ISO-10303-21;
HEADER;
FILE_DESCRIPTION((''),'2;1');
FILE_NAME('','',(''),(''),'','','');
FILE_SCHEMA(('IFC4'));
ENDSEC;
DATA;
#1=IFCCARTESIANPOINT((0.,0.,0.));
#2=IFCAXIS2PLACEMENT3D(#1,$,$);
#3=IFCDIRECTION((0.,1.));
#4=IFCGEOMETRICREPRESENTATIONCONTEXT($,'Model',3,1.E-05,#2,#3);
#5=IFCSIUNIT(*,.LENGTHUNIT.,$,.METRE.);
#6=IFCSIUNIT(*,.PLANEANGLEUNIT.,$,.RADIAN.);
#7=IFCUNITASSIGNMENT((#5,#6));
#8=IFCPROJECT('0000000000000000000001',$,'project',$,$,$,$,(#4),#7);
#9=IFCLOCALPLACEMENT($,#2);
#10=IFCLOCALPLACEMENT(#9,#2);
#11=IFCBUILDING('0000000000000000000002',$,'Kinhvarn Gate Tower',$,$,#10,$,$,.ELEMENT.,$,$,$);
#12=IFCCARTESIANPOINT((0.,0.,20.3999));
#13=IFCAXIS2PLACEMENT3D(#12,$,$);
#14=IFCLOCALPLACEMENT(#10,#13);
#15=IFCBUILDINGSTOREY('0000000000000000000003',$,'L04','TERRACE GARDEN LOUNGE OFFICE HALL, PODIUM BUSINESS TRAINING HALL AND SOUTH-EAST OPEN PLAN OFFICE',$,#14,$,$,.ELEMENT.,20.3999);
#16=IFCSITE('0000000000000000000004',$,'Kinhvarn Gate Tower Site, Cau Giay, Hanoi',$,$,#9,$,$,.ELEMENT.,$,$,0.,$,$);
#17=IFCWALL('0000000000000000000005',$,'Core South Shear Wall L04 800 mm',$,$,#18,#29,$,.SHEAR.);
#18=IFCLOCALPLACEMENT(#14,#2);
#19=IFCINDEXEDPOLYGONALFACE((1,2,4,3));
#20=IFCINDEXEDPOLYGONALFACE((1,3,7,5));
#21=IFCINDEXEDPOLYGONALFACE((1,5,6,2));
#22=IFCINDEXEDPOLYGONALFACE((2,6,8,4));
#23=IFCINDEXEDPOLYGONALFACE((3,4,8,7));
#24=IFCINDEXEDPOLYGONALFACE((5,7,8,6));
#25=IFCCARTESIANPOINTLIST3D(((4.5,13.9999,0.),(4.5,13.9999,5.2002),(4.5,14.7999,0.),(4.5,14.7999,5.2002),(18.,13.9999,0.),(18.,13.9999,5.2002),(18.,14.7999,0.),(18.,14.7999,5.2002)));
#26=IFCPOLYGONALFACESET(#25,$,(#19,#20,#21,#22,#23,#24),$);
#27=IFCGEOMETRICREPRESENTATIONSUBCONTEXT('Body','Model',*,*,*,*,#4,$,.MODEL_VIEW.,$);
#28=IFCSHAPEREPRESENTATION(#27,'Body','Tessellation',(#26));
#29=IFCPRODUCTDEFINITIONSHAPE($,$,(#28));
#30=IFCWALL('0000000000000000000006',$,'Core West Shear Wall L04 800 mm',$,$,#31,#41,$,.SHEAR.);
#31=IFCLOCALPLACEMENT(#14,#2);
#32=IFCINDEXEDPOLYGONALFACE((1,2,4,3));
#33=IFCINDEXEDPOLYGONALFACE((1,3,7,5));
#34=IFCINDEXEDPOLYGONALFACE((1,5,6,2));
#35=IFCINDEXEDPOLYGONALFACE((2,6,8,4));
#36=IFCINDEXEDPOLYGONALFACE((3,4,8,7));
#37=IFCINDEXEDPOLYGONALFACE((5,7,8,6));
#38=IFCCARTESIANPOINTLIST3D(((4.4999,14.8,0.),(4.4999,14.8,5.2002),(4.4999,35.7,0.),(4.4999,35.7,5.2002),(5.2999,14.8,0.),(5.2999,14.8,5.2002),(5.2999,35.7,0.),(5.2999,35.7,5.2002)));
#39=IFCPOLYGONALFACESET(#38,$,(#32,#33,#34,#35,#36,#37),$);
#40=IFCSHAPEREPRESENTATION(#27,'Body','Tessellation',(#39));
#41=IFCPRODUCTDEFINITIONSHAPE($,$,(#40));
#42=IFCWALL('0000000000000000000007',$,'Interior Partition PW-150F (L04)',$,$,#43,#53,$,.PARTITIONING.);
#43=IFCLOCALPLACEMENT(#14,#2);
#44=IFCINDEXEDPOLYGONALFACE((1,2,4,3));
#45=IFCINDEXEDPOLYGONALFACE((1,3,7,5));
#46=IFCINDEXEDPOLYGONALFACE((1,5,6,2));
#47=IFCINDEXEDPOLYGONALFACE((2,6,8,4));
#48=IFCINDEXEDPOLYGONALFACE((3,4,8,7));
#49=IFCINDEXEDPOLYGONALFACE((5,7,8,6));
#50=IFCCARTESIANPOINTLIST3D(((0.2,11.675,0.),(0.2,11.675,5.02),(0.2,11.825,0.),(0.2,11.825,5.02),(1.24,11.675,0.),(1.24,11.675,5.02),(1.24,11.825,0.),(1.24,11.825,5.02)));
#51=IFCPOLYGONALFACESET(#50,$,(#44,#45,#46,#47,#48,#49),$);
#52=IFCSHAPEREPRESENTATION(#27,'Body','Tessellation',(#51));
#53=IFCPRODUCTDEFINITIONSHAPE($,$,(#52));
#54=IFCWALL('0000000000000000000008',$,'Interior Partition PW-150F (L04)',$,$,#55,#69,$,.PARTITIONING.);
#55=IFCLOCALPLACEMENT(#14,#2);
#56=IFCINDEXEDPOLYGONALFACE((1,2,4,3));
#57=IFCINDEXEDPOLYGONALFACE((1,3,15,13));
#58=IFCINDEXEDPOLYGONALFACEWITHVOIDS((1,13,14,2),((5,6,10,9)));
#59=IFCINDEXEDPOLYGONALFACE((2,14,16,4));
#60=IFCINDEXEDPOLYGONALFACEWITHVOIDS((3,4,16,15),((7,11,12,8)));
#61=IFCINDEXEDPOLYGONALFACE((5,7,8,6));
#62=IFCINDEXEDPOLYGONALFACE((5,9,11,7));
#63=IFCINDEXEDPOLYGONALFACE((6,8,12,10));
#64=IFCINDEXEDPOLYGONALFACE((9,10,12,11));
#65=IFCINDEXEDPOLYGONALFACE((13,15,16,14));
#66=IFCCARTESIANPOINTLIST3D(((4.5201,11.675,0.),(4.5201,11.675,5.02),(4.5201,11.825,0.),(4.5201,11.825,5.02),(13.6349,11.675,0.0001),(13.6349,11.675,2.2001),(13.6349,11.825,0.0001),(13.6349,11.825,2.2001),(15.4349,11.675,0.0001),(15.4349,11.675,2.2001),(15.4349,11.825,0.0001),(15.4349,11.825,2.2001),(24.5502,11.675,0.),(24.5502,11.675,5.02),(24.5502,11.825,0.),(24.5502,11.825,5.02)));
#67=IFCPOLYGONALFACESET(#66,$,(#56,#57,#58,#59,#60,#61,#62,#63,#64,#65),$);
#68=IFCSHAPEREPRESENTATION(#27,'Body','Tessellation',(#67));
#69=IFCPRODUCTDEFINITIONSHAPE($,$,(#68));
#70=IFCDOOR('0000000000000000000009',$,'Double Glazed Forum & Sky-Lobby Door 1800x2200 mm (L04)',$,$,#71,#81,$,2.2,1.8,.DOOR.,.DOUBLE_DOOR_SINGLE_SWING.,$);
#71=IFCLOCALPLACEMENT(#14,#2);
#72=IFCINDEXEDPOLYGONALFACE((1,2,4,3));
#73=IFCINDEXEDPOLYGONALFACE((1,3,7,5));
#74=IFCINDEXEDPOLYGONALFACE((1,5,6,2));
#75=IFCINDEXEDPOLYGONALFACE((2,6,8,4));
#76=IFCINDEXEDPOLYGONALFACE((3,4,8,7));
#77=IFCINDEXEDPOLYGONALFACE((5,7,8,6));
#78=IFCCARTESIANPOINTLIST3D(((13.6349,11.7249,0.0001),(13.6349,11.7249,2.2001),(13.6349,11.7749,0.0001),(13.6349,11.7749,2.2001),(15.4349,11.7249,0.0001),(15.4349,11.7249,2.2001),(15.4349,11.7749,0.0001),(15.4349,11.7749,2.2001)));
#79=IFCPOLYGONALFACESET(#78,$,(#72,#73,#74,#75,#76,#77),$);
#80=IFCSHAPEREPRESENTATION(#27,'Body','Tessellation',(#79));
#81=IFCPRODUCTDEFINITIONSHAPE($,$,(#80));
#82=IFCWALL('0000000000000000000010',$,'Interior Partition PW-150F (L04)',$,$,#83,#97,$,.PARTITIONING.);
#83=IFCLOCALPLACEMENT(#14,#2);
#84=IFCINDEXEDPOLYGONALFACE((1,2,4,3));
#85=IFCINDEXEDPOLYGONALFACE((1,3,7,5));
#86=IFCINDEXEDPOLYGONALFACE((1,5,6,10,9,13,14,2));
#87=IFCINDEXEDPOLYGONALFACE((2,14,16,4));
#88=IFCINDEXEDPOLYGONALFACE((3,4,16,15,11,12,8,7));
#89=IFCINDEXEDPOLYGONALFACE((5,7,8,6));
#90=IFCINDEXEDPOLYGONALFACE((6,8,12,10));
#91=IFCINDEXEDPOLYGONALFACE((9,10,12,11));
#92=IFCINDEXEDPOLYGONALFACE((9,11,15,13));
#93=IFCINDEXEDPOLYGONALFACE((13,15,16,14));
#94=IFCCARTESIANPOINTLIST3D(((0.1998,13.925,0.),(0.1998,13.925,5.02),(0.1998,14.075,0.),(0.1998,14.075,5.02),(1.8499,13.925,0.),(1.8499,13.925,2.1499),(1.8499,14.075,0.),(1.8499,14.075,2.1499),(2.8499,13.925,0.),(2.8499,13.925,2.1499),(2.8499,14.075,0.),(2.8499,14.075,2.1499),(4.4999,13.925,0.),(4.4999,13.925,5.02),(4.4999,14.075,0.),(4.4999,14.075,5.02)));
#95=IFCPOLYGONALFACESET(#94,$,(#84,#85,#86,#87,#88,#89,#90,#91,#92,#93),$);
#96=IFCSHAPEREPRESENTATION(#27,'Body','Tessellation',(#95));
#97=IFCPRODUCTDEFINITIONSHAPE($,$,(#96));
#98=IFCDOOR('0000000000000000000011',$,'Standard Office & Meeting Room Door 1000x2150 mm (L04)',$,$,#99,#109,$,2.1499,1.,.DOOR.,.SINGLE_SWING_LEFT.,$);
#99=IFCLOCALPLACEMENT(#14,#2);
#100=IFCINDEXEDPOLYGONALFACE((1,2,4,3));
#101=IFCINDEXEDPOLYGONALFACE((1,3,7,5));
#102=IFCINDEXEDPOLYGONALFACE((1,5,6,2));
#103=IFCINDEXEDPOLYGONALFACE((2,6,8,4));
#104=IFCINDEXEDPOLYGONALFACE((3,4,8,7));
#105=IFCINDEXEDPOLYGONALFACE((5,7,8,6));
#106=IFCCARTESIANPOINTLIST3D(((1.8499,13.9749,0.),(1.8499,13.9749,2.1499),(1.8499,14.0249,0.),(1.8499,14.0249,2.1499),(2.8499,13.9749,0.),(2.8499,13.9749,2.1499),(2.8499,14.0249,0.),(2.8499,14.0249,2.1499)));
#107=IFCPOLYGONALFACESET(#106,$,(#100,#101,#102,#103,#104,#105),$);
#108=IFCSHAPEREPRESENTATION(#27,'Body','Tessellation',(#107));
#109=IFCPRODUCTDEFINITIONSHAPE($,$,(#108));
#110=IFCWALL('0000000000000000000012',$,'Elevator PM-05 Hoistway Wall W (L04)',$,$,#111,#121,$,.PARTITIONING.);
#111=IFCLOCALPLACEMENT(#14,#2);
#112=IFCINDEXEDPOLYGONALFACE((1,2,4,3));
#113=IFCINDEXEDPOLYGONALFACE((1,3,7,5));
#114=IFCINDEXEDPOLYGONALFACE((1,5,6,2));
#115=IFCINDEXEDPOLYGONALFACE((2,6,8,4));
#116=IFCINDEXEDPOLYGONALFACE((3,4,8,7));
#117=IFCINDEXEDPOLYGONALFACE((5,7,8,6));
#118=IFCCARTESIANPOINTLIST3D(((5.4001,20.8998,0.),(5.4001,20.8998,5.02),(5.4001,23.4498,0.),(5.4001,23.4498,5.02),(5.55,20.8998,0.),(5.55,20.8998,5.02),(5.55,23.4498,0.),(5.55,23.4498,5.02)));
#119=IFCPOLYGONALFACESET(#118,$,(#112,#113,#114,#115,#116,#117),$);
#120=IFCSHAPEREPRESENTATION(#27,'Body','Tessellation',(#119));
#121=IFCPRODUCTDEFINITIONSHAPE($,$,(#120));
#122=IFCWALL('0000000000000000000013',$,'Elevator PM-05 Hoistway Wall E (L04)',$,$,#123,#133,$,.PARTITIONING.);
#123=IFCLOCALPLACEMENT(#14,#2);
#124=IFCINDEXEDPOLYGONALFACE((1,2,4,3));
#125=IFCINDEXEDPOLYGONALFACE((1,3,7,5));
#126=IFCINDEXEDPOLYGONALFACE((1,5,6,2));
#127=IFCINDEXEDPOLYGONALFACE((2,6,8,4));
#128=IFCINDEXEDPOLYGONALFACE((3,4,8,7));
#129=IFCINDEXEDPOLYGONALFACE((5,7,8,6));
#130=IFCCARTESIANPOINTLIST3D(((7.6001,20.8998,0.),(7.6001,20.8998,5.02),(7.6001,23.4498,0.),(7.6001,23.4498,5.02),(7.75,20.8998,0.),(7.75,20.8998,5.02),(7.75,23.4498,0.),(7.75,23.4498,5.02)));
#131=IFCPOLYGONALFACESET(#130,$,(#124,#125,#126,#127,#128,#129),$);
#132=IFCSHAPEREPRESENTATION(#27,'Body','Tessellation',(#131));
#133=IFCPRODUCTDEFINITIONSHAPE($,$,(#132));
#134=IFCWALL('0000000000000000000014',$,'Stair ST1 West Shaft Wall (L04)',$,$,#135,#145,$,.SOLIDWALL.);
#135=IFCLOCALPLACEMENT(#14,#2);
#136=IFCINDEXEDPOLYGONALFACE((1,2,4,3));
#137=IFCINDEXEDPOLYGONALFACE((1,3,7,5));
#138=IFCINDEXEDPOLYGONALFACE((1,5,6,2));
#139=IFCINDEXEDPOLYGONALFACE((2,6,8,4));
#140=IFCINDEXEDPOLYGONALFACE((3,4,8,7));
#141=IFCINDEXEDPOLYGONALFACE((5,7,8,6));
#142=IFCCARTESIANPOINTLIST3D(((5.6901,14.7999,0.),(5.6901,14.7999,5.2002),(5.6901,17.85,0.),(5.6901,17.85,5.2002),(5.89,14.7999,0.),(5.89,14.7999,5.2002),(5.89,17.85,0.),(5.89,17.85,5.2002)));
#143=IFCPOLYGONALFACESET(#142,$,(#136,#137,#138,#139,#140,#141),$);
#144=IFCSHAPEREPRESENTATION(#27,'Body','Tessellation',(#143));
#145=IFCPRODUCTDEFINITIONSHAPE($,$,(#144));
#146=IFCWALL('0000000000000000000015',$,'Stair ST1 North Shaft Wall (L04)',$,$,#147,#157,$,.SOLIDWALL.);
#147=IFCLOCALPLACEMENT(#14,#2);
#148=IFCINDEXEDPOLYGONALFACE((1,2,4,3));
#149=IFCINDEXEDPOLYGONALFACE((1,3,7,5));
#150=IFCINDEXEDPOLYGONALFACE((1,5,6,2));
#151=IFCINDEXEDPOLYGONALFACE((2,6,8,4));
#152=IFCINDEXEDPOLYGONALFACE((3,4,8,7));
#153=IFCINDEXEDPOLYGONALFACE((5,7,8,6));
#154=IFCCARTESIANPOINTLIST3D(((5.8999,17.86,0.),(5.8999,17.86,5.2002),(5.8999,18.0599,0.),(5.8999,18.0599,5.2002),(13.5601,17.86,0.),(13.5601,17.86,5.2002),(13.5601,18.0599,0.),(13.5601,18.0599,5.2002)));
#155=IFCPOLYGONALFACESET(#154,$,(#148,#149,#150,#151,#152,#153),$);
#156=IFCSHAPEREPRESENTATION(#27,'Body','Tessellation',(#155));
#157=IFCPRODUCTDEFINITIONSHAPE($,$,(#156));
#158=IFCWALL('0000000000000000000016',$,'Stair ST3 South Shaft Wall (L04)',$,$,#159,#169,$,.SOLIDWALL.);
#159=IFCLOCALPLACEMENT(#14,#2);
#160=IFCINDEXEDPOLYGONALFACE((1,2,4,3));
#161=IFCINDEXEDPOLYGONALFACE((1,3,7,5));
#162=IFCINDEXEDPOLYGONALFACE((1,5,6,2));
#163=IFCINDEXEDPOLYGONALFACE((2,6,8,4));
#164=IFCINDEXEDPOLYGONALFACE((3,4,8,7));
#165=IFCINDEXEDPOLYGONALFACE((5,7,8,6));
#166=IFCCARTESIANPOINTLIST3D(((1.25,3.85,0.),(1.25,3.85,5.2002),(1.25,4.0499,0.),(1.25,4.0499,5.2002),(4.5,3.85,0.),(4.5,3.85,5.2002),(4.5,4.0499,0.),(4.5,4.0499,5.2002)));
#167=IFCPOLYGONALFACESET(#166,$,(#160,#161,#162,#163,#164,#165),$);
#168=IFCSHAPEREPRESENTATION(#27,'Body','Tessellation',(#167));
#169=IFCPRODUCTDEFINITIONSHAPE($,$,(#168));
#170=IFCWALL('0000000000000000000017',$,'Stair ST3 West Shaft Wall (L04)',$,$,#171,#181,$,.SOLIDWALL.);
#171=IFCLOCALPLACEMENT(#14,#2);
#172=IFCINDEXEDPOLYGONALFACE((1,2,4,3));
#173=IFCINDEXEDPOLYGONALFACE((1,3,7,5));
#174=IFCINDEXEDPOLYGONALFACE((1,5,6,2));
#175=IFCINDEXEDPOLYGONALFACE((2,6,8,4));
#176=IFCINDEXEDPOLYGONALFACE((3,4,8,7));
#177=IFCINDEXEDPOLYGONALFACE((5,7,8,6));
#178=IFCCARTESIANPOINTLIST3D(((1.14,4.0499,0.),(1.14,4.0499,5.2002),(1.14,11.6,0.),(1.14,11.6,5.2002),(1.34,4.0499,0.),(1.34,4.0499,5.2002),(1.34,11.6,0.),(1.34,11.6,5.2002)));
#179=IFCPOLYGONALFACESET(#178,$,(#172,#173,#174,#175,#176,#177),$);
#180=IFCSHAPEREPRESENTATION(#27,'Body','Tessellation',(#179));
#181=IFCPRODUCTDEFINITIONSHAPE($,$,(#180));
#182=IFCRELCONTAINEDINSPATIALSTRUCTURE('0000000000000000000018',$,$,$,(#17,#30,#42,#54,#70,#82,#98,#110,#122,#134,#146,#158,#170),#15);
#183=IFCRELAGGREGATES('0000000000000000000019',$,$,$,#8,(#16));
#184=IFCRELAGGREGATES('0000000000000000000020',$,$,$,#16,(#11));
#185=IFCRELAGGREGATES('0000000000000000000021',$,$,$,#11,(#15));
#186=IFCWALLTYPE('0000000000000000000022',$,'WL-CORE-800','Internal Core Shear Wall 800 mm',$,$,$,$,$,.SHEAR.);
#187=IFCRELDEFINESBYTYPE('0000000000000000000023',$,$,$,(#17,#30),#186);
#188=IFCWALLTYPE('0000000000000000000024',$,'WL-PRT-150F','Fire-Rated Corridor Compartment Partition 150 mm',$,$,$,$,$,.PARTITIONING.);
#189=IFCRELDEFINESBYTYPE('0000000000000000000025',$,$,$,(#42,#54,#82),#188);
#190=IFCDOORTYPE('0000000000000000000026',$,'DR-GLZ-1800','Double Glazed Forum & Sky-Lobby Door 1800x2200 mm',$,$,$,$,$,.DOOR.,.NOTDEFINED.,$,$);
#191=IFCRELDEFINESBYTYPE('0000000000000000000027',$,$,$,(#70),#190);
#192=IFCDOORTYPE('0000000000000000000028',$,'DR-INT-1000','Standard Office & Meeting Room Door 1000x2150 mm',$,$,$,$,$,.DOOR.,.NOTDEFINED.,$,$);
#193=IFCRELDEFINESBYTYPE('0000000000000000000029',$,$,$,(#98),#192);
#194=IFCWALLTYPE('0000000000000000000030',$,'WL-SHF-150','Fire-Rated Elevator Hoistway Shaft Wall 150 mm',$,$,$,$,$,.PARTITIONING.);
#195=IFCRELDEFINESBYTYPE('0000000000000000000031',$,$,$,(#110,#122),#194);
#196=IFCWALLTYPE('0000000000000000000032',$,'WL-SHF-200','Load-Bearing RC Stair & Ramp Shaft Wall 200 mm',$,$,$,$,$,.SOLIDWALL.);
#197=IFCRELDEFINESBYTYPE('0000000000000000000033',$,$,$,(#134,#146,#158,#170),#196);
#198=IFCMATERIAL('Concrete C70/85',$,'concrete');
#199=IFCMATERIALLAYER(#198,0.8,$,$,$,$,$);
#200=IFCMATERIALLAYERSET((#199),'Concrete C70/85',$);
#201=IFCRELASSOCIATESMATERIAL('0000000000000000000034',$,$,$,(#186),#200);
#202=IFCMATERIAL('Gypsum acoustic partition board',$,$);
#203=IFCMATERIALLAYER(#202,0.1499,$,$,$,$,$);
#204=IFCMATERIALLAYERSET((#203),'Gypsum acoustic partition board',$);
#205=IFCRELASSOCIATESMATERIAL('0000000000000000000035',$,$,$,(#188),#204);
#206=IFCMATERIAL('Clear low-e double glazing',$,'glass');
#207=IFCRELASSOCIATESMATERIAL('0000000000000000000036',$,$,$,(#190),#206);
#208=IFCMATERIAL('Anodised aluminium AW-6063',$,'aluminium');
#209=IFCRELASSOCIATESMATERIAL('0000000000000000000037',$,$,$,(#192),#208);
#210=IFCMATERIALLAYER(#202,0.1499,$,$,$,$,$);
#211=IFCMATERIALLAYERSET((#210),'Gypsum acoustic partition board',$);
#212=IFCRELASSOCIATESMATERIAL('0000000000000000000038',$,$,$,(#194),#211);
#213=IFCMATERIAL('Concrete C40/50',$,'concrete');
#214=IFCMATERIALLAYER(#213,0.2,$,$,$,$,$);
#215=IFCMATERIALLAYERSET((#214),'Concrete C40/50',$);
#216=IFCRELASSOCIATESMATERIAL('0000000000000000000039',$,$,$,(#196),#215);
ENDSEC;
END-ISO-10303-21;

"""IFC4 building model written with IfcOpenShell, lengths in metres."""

from ifc_helpers import new_model, si_unit, direction, frame, frame_2d, origin, place, context, subcontext, project, spatial, rectangle, extrude, material, layer, layer_set, type_object, element, fill, save


model = new_model("IFC4")

# Units and contexts
model_context = context("Model", 3, precision=1e-05, world=origin(), true_north=direction((0.0, 1.0)))
body_context = subcontext(model_context, "Body", "Model", "MODEL_VIEW")
ifc_project = project(units=[si_unit("LENGTHUNIT", "METRE"), si_unit("PLANEANGLEUNIT", "RADIAN")], contexts=[model_context])

# Site, building, storey
site_placement = place(None, origin())
site = spatial("IfcSite", under=ifc_project, at=site_placement, Name="Kinhvarn Gate Tower Site, Cau Giay, Hanoi", CompositionType="ELEMENT", RefElevation=0.0)
building_placement = place(site_placement, origin())
building = spatial("IfcBuilding", under=site, at=building_placement, Name="Kinhvarn Gate Tower", CompositionType="ELEMENT")
storey_placement = place(building_placement, frame((0.0, 0.0, 20.3999)))
storey = spatial("IfcBuildingStorey", under=building, at=storey_placement, Name="L04", Description="TERRACE GARDEN LOUNGE OFFICE HALL, PODIUM BUSINESS TRAINING HALL AND SOUTH-EAST OPEN PLAN OFFICE", CompositionType="ELEMENT", Elevation=20.3999)

# Shared definitions
ifc_material_1 = material(Name="Concrete C70/85", Category="concrete")

# Walls
ifc_layer_1 = layer(ifc_material_1, 0.8)
ifc_layer_set_1 = layer_set([ifc_layer_1], Name="Concrete C70/85")
wall_type_1 = type_object("IfcWallType", Name="WL-CORE-800", Description="Internal Core Shear Wall 800 mm", PredefinedType="SHEAR", material=ifc_layer_set_1)
wall_1_placement = place(storey_placement, frame((4.5, 14.3999, 0.0), z_axis=(0.0, 0.0, 1.0), x_axis=(1.0, 0.0, 0.0)))
element("IfcWall", 1, at=wall_1_placement, inside=storey, type_object=wall_type_1, Name="Core South Shear Wall L04 800 mm", PredefinedType="SHEAR", context=body_context, shape_type="SweptSolid", body=[
    extrude(rectangle(XDim=13.5, YDim=0.8, at=frame_2d((6.75, 0.0))), origin(), (0.0, 0.0, 1.0), 5.2002),
])
wall_2_placement = place(storey_placement, frame((4.8999, 14.8, 0.0), z_axis=(0.0, 0.0, 1.0), x_axis=(0.0, 1.0, 0.0)))
element("IfcWall", 2, at=wall_2_placement, inside=storey, type_object=wall_type_1, Name="Core West Shear Wall L04 800 mm", PredefinedType="SHEAR", context=body_context, shape_type="SweptSolid", body=[
    extrude(rectangle(XDim=20.8999, YDim=0.8, at=frame_2d((10.45, 0.0))), origin(), (0.0, 0.0, 1.0), 5.2002),
])
ifc_material_2 = material(Name="Gypsum acoustic partition board")
ifc_layer_2 = layer(ifc_material_2, 0.1499)
ifc_layer_set_2 = layer_set([ifc_layer_2], Name="Gypsum acoustic partition board")
wall_type_2 = type_object("IfcWallType", Name="WL-PRT-150F", Description="Fire-Rated Corridor Compartment Partition 150 mm", PredefinedType="PARTITIONING", material=ifc_layer_set_2)
wall_3_placement = place(storey_placement, frame((0.2, 11.75, 0.0), z_axis=(0.0, 0.0, 1.0), x_axis=(1.0, 0.0, 0.0)))
element("IfcWall", 3, at=wall_3_placement, inside=storey, type_object=wall_type_2, Name="Interior Partition PW-150F (L04)", PredefinedType="PARTITIONING", context=body_context, shape_type="SweptSolid", body=[
    extrude(rectangle(XDim=1.04, YDim=0.1499, at=frame_2d((0.52, 0.0))), origin(), (0.0, 0.0, 1.0), 5.02),
])

# Walls, openings, doors
wall_4_placement = place(storey_placement, frame((4.52, 11.75, 0.0), z_axis=(0.0, 0.0, 1.0), x_axis=(1.0, 0.0, 0.0)))
wall_4 = element("IfcWall", 4, at=wall_4_placement, inside=storey, type_object=wall_type_2, Name="Interior Partition PW-150F (L04)", PredefinedType="PARTITIONING", context=body_context, shape_type="SweptSolid", body=[
    extrude(rectangle(XDim=20.03, YDim=0.1499, at=frame_2d((10.0151, 0.0))), origin(), (0.0, 0.0, 1.0), 5.02),
])
opening_1_placement = place(wall_4_placement, frame((9.115, 0.0, 0.0)))
opening_1 = element("IfcOpeningElement", 5, at=opening_1_placement, cuts=wall_4, PredefinedType="OPENING", context=body_context, shape_type="SweptSolid", body=[
    extrude(rectangle(XDim=1.8, YDim=2.2, at=frame_2d((0.8999, 1.1001))), frame((0.0, 0.085, 0.0), z_axis=(0.0, -1.0, 0.0), x_axis=(1.0, 0.0, 0.0)), (0.0, 0.0, 1.0), 0.1699),
])
ifc_material_3 = material(Name="Clear low-e double glazing", Category="glass")
door_type_1 = type_object("IfcDoorType", Name="DR-GLZ-1800", Description="Double Glazed Forum & Sky-Lobby Door 1800x2200 mm", OperationType="NOTDEFINED", PredefinedType="DOOR", material=ifc_material_3)
door_1_placement = place(opening_1_placement, origin())
door_1 = element("IfcDoor", 6, at=door_1_placement, inside=storey, type_object=door_type_1, Name="Double Glazed Forum & Sky-Lobby Door 1800x2200 mm (L04)", OperationType="DOUBLE_DOOR_SINGLE_SWING", OverallHeight=2.2, OverallWidth=1.8, PredefinedType="DOOR", context=body_context, shape_type="SweptSolid", body=[
    extrude(rectangle(XDim=1.8, YDim=2.2, at=frame_2d((0.8999, 1.1001))), frame((0.0, 0.0249, 0.0), z_axis=(0.0, -1.0, 0.0), x_axis=(1.0, 0.0, 0.0)), (0.0, 0.0, 1.0), 0.05),
])
fill(opening_1, door_1)
wall_5_placement = place(storey_placement, frame((0.2, 14.0, 0.0), z_axis=(0.0, 0.0, 1.0), x_axis=(1.0, 0.0, 0.0)))
wall_5 = element("IfcWall", 7, at=wall_5_placement, inside=storey, type_object=wall_type_2, Name="Interior Partition PW-150F (L04)", PredefinedType="PARTITIONING", context=body_context, shape_type="SweptSolid", body=[
    extrude(rectangle(XDim=4.3, YDim=0.1499, at=frame_2d((2.1499, 0.0))), origin(), (0.0, 0.0, 1.0), 5.02),
])
opening_2_placement = place(wall_5_placement, frame((1.6499, 0.0, 0.0)))
opening_2 = element("IfcOpeningElement", 8, at=opening_2_placement, cuts=wall_5, PredefinedType="OPENING", context=body_context, shape_type="SweptSolid", body=[
    extrude(rectangle(XDim=1.0, YDim=2.1499, at=frame_2d((0.5, 1.075))), frame((0.0, 0.085, 0.0), z_axis=(0.0, -1.0, 0.0), x_axis=(1.0, 0.0, 0.0)), (0.0, 0.0, 1.0), 0.1699),
])
ifc_material_4 = material(Name="Anodised aluminium AW-6063", Category="aluminium")
door_type_2 = type_object("IfcDoorType", Name="DR-INT-1000", Description="Standard Office & Meeting Room Door 1000x2150 mm", OperationType="NOTDEFINED", PredefinedType="DOOR", material=ifc_material_4)
door_2_placement = place(opening_2_placement, origin())
door_2 = element("IfcDoor", 9, at=door_2_placement, inside=storey, type_object=door_type_2, Name="Standard Office & Meeting Room Door 1000x2150 mm (L04)", OperationType="SINGLE_SWING_LEFT", OverallHeight=2.1499, OverallWidth=1.0, PredefinedType="DOOR", context=body_context, shape_type="SweptSolid", body=[
    extrude(rectangle(XDim=1.0, YDim=2.1499, at=frame_2d((0.5, 1.075))), frame((0.0, 0.0249, 0.0), z_axis=(0.0, -1.0, 0.0), x_axis=(1.0, 0.0, 0.0)), (0.0, 0.0, 1.0), 0.05),
])
fill(opening_2, door_2)

# Walls
ifc_layer_3 = layer(ifc_material_2, 0.1499)
ifc_layer_set_3 = layer_set([ifc_layer_3], Name="Gypsum acoustic partition board")
wall_type_3 = type_object("IfcWallType", Name="WL-SHF-150", Description="Fire-Rated Elevator Hoistway Shaft Wall 150 mm", PredefinedType="PARTITIONING", material=ifc_layer_set_3)
for number, where, z_axis, x_axis, name in (
    (10, (5.4751, 20.8999, 0.0), (0.0, 0.0, 1.0), (0.0, 1.0, 0.0), "Elevator PM-05 Hoistway Wall W (L04)"),
    (11, (7.675, 20.8999, 0.0), (0.0, 0.0, 1.0), (0.0, 1.0, 0.0), "Elevator PM-05 Hoistway Wall E (L04)"),
):
    element("IfcWall", number, at=place(storey_placement, frame(where, z_axis=z_axis, x_axis=x_axis)), inside=storey, type_object=wall_type_3, Name=name, PredefinedType="PARTITIONING", context=body_context, shape_type="SweptSolid", body=[
        extrude(rectangle(XDim=2.55, YDim=0.1499, at=frame_2d((1.2749, 0.0))), origin(), (0.0, 0.0, 1.0), 5.02),
    ])
ifc_material_5 = material(Name="Concrete C40/50", Category="concrete")
ifc_layer_4 = layer(ifc_material_5, 0.2)
ifc_layer_set_4 = layer_set([ifc_layer_4], Name="Concrete C40/50")
wall_type_4 = type_object("IfcWallType", Name="WL-SHF-200", Description="Load-Bearing RC Stair & Ramp Shaft Wall 200 mm", PredefinedType="SOLIDWALL", material=ifc_layer_set_4)
wall_6_placement = place(storey_placement, frame((5.79, 14.8, 0.0), z_axis=(0.0, 0.0, 1.0), x_axis=(0.0, 1.0, 0.0)))
element("IfcWall", 12, at=wall_6_placement, inside=storey, type_object=wall_type_4, Name="Stair ST1 West Shaft Wall (L04)", PredefinedType="SOLIDWALL", context=body_context, shape_type="SweptSolid", body=[
    extrude(rectangle(XDim=3.05, YDim=0.2, at=frame_2d((1.5249, 0.0))), origin(), (0.0, 0.0, 1.0), 5.2002),
])
wall_7_placement = place(storey_placement, frame((5.8999, 17.96, 0.0), z_axis=(0.0, 0.0, 1.0), x_axis=(1.0, 0.0, 0.0)))
element("IfcWall", 13, at=wall_7_placement, inside=storey, type_object=wall_type_4, Name="Stair ST1 North Shaft Wall (L04)", PredefinedType="SOLIDWALL", context=body_context, shape_type="SweptSolid", body=[
    extrude(rectangle(XDim=7.6602, YDim=0.2, at=frame_2d((3.8301, 0.0))), origin(), (0.0, 0.0, 1.0), 5.2002),
])
wall_8_placement = place(storey_placement, frame((1.25, 3.95, 0.0), z_axis=(0.0, 0.0, 1.0), x_axis=(1.0, 0.0, 0.0)))
element("IfcWall", 14, at=wall_8_placement, inside=storey, type_object=wall_type_4, Name="Stair ST3 South Shaft Wall (L04)", PredefinedType="SOLIDWALL", context=body_context, shape_type="SweptSolid", body=[
    extrude(rectangle(XDim=3.25, YDim=0.2, at=frame_2d((1.625, 0.0))), origin(), (0.0, 0.0, 1.0), 5.2002),
])
wall_9_placement = place(storey_placement, frame((1.24, 4.05, 0.0), z_axis=(0.0, 0.0, 1.0), x_axis=(0.0, 1.0, 0.0)))
element("IfcWall", 15, at=wall_9_placement, inside=storey, type_object=wall_type_4, Name="Stair ST3 West Shaft Wall (L04)", PredefinedType="SOLIDWALL", context=body_context, shape_type="SweptSolid", body=[
    extrude(rectangle(XDim=7.55, YDim=0.2, at=frame_2d((3.7749, 0.0))), origin(), (0.0, 0.0, 1.0), 5.2002),
])

save(model, "model.ifc")
